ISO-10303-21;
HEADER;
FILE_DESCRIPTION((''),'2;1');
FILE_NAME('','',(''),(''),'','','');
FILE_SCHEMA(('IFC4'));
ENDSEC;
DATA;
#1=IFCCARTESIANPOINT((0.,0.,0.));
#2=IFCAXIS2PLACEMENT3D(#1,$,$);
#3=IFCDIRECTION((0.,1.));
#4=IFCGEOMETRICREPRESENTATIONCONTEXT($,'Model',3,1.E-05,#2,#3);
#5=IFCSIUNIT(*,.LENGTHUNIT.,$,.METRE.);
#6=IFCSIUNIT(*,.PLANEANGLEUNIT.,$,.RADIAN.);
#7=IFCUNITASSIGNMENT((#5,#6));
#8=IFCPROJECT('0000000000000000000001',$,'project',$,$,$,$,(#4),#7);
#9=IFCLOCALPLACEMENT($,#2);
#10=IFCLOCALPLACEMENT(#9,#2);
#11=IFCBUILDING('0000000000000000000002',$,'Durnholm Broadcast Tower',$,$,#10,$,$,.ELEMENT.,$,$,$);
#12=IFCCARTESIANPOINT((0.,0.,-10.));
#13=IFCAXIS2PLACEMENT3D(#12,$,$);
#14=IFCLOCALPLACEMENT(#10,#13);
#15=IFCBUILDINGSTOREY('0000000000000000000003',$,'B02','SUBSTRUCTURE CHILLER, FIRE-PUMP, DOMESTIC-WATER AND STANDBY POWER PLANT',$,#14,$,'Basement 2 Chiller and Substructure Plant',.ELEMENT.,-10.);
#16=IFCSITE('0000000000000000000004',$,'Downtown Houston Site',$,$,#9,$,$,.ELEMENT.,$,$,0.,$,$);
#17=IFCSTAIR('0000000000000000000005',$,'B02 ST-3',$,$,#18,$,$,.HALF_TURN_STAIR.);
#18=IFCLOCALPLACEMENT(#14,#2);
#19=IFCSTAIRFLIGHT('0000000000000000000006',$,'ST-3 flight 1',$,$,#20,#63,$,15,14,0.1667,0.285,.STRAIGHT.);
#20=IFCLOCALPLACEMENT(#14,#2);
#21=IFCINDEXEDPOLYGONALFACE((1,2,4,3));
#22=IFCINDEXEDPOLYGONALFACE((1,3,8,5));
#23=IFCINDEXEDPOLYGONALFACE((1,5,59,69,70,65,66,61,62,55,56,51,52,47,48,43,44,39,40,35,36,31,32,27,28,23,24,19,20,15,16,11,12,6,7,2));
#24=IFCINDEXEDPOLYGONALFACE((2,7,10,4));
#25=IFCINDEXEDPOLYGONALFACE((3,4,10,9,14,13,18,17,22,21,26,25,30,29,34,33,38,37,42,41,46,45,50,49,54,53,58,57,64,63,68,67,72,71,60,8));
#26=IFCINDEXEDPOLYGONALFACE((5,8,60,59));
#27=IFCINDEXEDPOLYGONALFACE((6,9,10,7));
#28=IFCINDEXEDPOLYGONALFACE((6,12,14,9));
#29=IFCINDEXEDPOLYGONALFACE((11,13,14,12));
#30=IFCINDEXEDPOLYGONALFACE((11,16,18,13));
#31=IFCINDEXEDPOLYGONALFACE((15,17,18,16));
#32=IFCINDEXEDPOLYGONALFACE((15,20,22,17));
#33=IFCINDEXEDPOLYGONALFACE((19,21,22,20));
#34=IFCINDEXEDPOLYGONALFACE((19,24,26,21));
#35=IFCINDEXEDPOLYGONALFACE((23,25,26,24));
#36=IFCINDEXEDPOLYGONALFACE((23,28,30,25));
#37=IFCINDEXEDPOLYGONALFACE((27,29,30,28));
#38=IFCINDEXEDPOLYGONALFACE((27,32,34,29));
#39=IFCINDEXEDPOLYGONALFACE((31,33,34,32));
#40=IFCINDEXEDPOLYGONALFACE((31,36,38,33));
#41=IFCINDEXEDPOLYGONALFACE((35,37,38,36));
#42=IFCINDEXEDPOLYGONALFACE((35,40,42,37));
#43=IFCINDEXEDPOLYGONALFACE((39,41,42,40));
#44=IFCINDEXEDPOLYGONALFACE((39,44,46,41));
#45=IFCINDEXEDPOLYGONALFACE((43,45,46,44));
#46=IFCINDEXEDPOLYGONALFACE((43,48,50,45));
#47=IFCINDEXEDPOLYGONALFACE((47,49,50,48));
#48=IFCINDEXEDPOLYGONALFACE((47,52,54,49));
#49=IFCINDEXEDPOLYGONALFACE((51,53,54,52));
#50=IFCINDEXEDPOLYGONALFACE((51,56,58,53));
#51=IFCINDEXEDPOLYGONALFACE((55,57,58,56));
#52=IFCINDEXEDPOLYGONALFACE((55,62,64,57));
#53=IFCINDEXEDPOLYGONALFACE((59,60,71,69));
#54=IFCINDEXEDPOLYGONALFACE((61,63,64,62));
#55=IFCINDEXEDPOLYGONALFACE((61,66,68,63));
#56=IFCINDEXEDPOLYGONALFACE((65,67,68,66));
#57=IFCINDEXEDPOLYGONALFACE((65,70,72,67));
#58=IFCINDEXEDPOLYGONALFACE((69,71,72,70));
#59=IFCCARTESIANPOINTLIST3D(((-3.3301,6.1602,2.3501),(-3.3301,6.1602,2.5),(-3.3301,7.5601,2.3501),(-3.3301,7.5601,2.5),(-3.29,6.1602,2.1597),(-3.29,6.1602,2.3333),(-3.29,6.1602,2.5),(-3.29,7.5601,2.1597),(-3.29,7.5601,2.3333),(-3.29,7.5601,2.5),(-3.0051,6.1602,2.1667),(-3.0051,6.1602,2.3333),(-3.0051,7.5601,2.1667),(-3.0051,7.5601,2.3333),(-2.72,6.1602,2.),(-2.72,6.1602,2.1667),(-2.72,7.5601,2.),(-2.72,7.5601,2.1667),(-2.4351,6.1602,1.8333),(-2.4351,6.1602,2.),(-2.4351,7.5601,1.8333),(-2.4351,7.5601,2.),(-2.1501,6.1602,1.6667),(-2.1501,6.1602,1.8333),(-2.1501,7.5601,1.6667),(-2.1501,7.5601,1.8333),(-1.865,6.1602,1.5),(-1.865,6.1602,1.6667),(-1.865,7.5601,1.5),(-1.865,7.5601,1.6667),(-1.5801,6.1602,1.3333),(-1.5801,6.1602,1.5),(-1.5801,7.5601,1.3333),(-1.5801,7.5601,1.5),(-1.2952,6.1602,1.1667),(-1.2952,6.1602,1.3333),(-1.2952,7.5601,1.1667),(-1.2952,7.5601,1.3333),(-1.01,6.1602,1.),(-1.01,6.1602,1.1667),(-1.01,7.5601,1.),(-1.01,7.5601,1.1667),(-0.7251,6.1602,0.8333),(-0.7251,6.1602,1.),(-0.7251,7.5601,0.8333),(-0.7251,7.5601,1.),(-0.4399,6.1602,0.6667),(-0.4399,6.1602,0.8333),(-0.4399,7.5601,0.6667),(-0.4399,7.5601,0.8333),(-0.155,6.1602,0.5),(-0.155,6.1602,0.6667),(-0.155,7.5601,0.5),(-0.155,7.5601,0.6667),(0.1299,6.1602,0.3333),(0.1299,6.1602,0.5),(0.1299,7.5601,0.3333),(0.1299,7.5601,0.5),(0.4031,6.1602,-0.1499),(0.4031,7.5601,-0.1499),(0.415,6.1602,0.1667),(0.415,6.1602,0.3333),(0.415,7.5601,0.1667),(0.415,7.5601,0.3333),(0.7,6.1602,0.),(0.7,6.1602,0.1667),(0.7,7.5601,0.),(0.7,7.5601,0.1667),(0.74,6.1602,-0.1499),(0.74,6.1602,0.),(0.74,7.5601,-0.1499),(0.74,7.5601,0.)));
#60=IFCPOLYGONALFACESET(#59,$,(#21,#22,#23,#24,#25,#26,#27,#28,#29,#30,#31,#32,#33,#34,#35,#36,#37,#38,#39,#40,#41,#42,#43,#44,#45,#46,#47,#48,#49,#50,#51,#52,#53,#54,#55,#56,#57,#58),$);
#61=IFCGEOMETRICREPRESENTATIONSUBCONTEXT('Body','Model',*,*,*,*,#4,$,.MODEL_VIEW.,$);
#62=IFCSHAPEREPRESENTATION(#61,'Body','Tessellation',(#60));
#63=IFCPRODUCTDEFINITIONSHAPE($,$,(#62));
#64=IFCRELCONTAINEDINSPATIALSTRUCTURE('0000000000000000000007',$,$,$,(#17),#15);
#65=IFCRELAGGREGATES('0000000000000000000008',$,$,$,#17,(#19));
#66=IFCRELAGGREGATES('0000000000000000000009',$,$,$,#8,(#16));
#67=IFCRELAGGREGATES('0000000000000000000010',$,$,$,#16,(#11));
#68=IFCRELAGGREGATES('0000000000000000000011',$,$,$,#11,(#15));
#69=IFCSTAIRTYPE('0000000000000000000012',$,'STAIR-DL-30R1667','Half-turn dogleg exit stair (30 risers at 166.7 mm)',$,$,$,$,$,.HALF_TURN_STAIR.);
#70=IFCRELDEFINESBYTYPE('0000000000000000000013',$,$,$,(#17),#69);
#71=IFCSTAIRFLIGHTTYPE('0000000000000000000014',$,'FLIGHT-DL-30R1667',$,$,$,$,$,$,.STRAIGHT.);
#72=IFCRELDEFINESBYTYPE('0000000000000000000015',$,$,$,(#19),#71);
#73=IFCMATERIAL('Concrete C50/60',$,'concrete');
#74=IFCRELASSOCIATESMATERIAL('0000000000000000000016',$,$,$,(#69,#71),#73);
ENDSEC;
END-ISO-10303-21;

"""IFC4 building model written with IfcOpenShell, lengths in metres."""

from ifc_helpers import new_model, si_unit, direction, frame, origin, place, context, subcontext, project, spatial, polyline, outline, extrude, material, type_object, element, aggregate, save


model = new_model("IFC4")

# Units and contexts
model_context = context("Model", 3, precision=1e-05, world=origin(), true_north=direction((0.0, 1.0)))
body_context = subcontext(model_context, "Body", "Model", "MODEL_VIEW")
ifc_project = project(units=[si_unit("LENGTHUNIT", "METRE"), si_unit("PLANEANGLEUNIT", "RADIAN")], contexts=[model_context])

# Site, building, storey
site_placement = place(None, origin())
site = spatial("IfcSite", under=ifc_project, at=site_placement, Name="Downtown Houston Site", CompositionType="ELEMENT", RefElevation=0.0)
building_placement = place(site_placement, origin())
building = spatial("IfcBuilding", under=site, at=building_placement, Name="Durnholm Broadcast Tower", CompositionType="ELEMENT")
storey_placement = place(building_placement, frame((0.0, 0.0, -10.0)))
storey = spatial("IfcBuildingStorey", under=building, at=storey_placement, Name="B02", Description="SUBSTRUCTURE CHILLER, FIRE-PUMP, DOMESTIC-WATER AND STANDBY POWER PLANT", LongName="Basement 2 Chiller and Substructure Plant", CompositionType="ELEMENT", Elevation=-10.0)

# Shared definitions
ifc_material_1 = material(Name="Concrete C50/60", Category="concrete")

# Stair, stair flight
stair_type = type_object("IfcStairType", Name="STAIR-DL-30R1667", Description="Half-turn dogleg exit stair (30 risers at 166.7 mm)", PredefinedType="HALF_TURN_STAIR", material=ifc_material_1)
stair_placement = place(storey_placement, origin())
stair = element("IfcStair", 1, at=stair_placement, inside=storey, type_object=stair_type, Name="B02 ST-3", PredefinedType="HALF_TURN_STAIR")
stair_flight_type = type_object("IfcStairFlightType", Name="FLIGHT-DL-30R1667", PredefinedType="STRAIGHT", material=ifc_material_1)
stair_flight_placement = place(storey_placement, frame((0.7, 6.8601, 0.0), z_axis=(0.0, 0.0, 1.0), x_axis=(-1.0, 0.0, 0.0)))
stair_flight = element("IfcStairFlight", 2, at=stair_flight_placement, type_object=stair_flight_type, Name="ST-3 flight 1", NumberOfRisers=15, NumberOfTreads=14, PredefinedType="STRAIGHT", RiserHeight=0.1667, TreadLength=0.285, context=body_context, shape_type="SweptSolid", body=[
    extrude(outline(polyline([(-0.04, -0.1499), (-0.04, 0.0), (0.0, 0.0), (0.0, 0.1667), (0.2849, 0.1667), (0.2849, 0.3333), (0.5701, 0.3333), (0.5701, 0.5), (0.855, 0.5), (0.855, 0.6667), (1.1399, 0.6667), (1.1399, 0.8333), (1.425, 0.8333), (1.425, 1.0), (1.71, 1.0), (1.71, 1.1667), (1.9951, 1.1667), (1.9951, 1.3333), (2.28, 1.3333), (2.28, 1.5), (2.5649, 1.5), (2.5649, 1.6667), (2.8501, 1.6667), (2.8501, 1.8333), (3.135, 1.8333), (3.135, 2.0), (3.4199, 2.0), (3.4199, 2.1667), (3.7051, 2.1667), (3.7051, 2.3333), (3.99, 2.3333), (3.99, 2.5), (4.03, 2.5), (4.03, 2.3501), (3.99, 2.1597), (0.2969, -0.1499), (-0.04, -0.1499)])), frame((0.0, 0.7, 0.0), z_axis=(0.0, -1.0, 0.0), x_axis=(1.0, 0.0, 0.0)), (0.0, 0.0, 1.0), 1.3999),
])
aggregate(stair, [stair_flight])

save(model, "model.ifc")
